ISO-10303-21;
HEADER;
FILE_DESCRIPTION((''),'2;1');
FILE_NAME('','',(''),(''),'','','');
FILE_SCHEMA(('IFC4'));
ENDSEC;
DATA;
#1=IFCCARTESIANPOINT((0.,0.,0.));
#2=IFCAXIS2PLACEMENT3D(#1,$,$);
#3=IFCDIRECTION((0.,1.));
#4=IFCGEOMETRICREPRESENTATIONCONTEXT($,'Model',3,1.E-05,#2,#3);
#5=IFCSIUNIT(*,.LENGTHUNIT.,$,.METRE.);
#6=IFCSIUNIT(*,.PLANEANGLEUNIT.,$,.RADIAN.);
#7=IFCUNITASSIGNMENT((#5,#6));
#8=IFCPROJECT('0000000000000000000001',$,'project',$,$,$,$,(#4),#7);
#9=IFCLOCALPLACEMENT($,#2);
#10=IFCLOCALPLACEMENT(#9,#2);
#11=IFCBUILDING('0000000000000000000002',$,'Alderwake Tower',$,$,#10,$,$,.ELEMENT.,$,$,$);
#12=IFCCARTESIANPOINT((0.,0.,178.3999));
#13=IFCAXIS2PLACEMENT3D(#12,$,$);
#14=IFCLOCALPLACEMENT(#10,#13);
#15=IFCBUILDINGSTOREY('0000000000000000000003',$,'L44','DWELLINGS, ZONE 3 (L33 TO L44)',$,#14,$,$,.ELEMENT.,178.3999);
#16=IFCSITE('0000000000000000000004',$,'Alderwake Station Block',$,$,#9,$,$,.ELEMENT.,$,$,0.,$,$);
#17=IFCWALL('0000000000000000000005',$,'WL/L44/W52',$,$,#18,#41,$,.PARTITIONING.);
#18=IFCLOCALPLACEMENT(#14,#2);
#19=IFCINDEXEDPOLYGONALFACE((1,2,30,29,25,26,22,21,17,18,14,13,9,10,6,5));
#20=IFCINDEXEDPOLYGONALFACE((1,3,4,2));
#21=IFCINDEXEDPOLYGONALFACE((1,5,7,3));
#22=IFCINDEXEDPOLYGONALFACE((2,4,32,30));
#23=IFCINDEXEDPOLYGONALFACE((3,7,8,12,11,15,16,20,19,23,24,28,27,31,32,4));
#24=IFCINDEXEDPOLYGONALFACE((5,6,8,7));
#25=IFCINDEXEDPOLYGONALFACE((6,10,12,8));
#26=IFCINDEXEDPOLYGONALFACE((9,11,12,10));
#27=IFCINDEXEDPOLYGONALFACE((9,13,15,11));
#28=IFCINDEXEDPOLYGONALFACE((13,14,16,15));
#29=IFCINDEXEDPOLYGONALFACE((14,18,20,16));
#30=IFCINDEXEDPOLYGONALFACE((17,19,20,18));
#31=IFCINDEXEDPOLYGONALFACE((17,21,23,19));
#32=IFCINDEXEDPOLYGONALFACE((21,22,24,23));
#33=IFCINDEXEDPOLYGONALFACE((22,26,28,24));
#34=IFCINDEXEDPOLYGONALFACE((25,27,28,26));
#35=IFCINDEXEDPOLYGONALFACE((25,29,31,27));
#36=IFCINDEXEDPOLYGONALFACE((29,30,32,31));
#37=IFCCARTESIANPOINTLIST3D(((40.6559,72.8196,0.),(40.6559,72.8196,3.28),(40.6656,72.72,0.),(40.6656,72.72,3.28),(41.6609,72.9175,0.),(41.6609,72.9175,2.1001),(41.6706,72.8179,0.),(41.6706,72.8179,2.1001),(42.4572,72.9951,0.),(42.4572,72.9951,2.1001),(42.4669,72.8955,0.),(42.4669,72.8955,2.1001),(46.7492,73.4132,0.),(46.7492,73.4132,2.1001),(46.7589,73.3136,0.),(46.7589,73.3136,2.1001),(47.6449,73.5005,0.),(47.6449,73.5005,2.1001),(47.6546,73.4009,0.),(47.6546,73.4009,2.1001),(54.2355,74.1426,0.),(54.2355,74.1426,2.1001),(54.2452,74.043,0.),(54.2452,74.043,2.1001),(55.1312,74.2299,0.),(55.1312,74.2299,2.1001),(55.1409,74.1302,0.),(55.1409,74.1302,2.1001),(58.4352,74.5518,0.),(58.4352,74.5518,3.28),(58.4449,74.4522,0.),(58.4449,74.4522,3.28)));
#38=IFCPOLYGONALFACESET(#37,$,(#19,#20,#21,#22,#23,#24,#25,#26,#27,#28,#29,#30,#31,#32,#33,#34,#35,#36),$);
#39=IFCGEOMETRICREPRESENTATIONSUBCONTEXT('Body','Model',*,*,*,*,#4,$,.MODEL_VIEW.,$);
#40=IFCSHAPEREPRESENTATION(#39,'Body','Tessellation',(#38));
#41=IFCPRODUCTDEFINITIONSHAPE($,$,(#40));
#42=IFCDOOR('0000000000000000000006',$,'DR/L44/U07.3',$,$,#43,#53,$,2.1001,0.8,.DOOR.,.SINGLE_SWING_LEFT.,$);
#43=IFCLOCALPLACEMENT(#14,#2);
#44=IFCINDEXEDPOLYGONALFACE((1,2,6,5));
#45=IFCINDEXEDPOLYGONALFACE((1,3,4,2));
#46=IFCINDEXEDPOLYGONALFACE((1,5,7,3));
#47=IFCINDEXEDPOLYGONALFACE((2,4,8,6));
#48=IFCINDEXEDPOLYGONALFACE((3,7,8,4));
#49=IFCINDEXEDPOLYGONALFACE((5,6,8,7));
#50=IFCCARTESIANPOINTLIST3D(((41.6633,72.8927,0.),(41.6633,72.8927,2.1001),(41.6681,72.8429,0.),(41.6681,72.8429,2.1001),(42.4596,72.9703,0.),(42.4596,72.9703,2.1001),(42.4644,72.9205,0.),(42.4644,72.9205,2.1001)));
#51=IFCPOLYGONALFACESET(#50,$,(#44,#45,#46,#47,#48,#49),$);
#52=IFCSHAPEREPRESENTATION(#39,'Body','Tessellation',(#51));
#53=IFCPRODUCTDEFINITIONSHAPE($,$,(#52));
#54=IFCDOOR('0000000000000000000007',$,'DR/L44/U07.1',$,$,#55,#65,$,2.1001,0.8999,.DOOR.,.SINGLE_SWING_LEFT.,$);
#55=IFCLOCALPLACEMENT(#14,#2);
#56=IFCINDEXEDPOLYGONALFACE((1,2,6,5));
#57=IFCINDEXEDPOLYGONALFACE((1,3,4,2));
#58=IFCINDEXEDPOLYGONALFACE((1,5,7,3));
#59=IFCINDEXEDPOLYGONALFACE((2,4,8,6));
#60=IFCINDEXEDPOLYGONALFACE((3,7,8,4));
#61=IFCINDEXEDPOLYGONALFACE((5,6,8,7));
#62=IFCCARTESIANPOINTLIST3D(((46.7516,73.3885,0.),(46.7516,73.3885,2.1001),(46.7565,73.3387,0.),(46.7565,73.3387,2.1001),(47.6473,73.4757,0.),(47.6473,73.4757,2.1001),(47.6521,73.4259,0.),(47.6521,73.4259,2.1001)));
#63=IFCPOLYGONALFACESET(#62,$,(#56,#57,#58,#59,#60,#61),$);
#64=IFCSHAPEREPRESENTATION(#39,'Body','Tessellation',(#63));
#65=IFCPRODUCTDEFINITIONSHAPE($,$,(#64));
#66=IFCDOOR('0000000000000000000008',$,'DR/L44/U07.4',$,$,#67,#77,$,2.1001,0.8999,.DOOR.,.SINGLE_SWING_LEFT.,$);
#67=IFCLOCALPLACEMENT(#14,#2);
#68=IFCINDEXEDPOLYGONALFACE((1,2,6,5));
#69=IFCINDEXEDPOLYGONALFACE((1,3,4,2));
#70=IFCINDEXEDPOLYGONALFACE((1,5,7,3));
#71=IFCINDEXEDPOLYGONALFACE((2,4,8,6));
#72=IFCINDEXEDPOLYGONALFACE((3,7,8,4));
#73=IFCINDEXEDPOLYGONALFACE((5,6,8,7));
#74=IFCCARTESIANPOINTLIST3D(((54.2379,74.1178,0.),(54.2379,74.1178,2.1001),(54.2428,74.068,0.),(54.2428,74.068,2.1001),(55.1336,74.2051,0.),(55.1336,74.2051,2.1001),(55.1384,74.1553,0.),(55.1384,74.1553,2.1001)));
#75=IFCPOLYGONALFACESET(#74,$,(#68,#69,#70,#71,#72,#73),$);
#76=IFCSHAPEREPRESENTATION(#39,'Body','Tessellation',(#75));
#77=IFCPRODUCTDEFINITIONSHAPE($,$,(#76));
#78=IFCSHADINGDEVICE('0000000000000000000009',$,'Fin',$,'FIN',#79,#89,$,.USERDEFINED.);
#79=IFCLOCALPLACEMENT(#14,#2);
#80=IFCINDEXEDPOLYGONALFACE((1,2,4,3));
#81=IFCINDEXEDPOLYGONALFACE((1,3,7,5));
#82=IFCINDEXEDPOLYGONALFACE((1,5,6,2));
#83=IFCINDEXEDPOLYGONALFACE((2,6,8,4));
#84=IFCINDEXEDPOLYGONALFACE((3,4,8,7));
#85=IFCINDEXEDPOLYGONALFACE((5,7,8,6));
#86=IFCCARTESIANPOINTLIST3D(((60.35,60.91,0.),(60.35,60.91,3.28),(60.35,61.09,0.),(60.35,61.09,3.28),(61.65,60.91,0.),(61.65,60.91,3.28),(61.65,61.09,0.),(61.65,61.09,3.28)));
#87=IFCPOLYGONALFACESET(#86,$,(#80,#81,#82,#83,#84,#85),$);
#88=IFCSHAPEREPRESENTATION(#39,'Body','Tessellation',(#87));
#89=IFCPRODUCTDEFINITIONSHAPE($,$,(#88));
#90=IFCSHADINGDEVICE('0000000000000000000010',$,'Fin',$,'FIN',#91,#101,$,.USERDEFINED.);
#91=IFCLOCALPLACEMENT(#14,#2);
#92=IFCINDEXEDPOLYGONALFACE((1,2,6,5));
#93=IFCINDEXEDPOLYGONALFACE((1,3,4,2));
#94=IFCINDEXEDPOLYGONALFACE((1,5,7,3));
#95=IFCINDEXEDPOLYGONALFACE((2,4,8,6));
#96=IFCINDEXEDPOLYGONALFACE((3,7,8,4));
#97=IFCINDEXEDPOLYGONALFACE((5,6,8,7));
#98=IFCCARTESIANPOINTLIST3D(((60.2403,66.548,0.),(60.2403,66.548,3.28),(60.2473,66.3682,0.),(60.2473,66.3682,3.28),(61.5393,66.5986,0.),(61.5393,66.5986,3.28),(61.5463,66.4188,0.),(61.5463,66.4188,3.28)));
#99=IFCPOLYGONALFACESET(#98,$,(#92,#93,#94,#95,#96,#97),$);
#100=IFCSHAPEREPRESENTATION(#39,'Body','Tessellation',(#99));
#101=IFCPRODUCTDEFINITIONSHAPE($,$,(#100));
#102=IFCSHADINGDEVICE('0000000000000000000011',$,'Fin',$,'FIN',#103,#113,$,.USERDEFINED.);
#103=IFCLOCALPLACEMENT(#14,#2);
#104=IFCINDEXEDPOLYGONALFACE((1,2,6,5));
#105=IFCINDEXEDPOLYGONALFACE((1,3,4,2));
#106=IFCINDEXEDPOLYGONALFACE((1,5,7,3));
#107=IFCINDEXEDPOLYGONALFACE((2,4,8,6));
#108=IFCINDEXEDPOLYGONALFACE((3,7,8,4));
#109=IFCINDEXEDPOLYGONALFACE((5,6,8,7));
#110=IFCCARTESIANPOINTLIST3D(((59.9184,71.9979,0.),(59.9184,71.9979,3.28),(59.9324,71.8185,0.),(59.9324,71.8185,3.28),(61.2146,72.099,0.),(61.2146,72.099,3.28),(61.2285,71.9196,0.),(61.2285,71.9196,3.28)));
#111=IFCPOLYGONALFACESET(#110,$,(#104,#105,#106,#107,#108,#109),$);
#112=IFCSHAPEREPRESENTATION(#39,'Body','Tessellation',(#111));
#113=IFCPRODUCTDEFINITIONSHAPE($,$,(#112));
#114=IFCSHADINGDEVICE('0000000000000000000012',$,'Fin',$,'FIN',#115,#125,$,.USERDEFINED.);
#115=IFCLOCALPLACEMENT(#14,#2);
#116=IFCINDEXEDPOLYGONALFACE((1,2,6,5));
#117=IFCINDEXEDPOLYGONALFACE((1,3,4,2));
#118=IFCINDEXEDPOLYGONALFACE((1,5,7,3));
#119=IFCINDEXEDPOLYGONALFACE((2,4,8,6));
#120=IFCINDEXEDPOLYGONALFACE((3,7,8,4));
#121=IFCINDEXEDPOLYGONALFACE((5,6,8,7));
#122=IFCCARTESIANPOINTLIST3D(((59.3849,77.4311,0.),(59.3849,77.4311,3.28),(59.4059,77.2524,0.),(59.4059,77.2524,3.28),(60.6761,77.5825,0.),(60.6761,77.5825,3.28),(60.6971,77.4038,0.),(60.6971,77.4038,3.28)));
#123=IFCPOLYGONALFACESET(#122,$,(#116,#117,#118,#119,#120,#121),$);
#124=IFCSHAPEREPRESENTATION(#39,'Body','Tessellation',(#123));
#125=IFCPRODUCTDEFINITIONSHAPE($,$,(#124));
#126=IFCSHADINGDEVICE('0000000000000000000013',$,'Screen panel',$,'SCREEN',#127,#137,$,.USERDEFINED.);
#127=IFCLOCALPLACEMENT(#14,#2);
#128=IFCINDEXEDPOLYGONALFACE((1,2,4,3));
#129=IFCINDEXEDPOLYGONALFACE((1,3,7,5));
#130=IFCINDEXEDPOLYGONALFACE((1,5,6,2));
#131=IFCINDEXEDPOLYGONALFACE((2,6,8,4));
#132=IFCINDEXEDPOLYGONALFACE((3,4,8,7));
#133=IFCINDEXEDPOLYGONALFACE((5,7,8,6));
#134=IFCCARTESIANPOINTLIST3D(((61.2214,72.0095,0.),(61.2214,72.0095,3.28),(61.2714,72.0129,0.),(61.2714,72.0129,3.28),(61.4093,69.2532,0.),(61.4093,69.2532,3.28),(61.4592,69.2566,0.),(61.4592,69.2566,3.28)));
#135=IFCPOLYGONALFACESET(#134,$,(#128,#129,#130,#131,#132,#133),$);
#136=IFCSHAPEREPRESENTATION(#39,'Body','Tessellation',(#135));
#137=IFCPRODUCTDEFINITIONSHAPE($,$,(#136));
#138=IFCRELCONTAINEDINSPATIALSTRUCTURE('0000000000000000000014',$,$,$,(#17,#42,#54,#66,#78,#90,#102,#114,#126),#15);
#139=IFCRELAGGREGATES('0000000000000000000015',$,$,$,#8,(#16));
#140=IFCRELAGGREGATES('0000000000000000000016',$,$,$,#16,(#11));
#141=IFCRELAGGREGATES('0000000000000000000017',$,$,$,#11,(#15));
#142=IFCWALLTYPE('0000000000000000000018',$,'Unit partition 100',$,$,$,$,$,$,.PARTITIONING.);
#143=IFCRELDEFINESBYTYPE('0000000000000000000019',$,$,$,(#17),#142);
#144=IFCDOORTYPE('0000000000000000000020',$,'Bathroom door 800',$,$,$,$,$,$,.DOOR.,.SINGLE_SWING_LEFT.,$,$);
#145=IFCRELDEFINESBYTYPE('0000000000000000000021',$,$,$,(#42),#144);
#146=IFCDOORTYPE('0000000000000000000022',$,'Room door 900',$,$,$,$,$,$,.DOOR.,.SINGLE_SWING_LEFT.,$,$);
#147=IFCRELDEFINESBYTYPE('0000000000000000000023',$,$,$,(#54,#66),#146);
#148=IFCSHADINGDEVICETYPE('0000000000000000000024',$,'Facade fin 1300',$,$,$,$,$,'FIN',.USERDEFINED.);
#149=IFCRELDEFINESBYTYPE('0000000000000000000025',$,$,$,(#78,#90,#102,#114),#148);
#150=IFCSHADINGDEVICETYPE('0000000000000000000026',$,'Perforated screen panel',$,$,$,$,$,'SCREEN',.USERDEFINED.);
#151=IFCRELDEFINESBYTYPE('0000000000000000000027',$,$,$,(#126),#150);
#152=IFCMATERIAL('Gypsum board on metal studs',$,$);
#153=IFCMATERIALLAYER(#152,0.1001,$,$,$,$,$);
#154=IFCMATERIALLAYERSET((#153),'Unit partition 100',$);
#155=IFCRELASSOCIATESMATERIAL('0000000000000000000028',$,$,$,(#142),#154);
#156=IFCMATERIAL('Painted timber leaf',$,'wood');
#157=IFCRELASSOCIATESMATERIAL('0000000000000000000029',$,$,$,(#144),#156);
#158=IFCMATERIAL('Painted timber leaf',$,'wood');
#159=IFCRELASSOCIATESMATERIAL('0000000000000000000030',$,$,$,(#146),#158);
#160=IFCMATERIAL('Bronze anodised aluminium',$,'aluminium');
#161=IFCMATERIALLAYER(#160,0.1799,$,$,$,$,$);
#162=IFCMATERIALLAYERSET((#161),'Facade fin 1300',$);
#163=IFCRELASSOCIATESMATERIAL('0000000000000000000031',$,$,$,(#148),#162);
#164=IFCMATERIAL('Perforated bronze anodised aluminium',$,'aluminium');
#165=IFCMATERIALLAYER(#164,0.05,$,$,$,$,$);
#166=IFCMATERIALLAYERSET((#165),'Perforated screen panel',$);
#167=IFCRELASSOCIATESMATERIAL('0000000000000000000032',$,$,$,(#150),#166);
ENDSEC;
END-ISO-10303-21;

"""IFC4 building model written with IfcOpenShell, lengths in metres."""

from ifc_helpers import new_model, si_unit, direction, frame, frame_2d, origin, origin_2d, place, context, subcontext, project, spatial, rectangle, extrude, material, layer, layer_set, type_object, element, fill, save


model = new_model("IFC4")

# Units and contexts
model_context = context("Model", 3, precision=1e-05, world=origin(), true_north=direction((0.0, 1.0)))
body_context = subcontext(model_context, "Body", "Model", "MODEL_VIEW")
ifc_project = project(units=[si_unit("LENGTHUNIT", "METRE"), si_unit("PLANEANGLEUNIT", "RADIAN")], contexts=[model_context])

# Site, building, storey
site_placement = place(None, origin())
site = spatial("IfcSite", under=ifc_project, at=site_placement, Name="Alderwake Station Block", CompositionType="ELEMENT", RefElevation=0.0)
building_placement = place(site_placement, origin())
building = spatial("IfcBuilding", under=site, at=building_placement, Name="Alderwake Tower", CompositionType="ELEMENT")
storey_placement = place(building_placement, frame((0.0, 0.0, 178.3999)))
storey = spatial("IfcBuildingStorey", under=building, at=storey_placement, Name="L44", Description="DWELLINGS, ZONE 3 (L33 TO L44)", CompositionType="ELEMENT", Elevation=178.3999)

# Wall, openings, doors
ifc_material_1 = material(Name="Gypsum board on metal studs")
ifc_layer_1 = layer(ifc_material_1, 0.1001)
ifc_layer_set_1 = layer_set([ifc_layer_1], Name="Unit partition 100")
wall_type_1 = type_object("IfcWallType", Name="Unit partition 100", PredefinedType="PARTITIONING", material=ifc_layer_set_1)
wall_1_placement = place(storey_placement, frame((58.4399, 74.502, 0.0), z_axis=(0.0, 0.0, 1.0), x_axis=(-0.995288, -0.096968, 0.0)))
wall_1 = element("IfcWall", 1, at=wall_1_placement, inside=storey, type_object=wall_type_1, Name="WL/L44/W52", PredefinedType="PARTITIONING", context=body_context, shape_type="SweptSolid", body=[
    extrude(rectangle(XDim=17.8635, YDim=0.1001, at=frame_2d((8.9316, 0.0))), origin(), (0.0, 0.0, 1.0), 3.28),
])
opening_1_placement = place(wall_1_placement, frame((10.8413, 0.0, 0.0)))
opening_1 = element("IfcOpeningElement", 2, at=opening_1_placement, cuts=wall_1, PredefinedType="OPENING", context=body_context, shape_type="SweptSolid", body=[
    extrude(rectangle(XDim=0.8999, YDim=2.1001, at=frame_2d((0.45, 1.05))), frame((0.0, 0.0601, 0.0), z_axis=(0.0, -1.0, 0.0), x_axis=(1.0, 0.0, 0.0)), (0.0, 0.0, 1.0), 0.1201),
])
opening_2_placement = place(wall_1_placement, frame((16.0537, 0.0, 0.0)))
opening_2 = element("IfcOpeningElement", 3, at=opening_2_placement, cuts=wall_1, PredefinedType="OPENING", context=body_context, shape_type="SweptSolid", body=[
    extrude(rectangle(XDim=0.8, YDim=2.1001, at=frame_2d((0.3999, 1.05))), frame((0.0, 0.0601, 0.0), z_axis=(0.0, -1.0, 0.0), x_axis=(1.0, 0.0, 0.0)), (0.0, 0.0, 1.0), 0.1201),
])
opening_3_placement = place(wall_1_placement, frame((3.3196, 0.0, 0.0)))
opening_3 = element("IfcOpeningElement", 4, at=opening_3_placement, cuts=wall_1, PredefinedType="OPENING", context=body_context, shape_type="SweptSolid", body=[
    extrude(rectangle(XDim=0.8999, YDim=2.1001, at=frame_2d((0.45, 1.05))), frame((0.0, 0.0601, 0.0), z_axis=(0.0, -1.0, 0.0), x_axis=(1.0, 0.0, 0.0)), (0.0, 0.0, 1.0), 0.1201),
])
ifc_material_2 = material(Name="Painted timber leaf", Category="wood")
door_type_1 = type_object("IfcDoorType", Name="Bathroom door 800", OperationType="SINGLE_SWING_LEFT", PredefinedType="DOOR", material=ifc_material_2)
door_1_placement = place(opening_2_placement, origin())
door_1 = element("IfcDoor", 5, at=door_1_placement, inside=storey, type_object=door_type_1, Name="DR/L44/U07.3", OperationType="SINGLE_SWING_LEFT", OverallHeight=2.1001, OverallWidth=0.8, PredefinedType="DOOR", context=body_context, shape_type="SweptSolid", body=[
    extrude(rectangle(XDim=0.8, YDim=2.1001, at=frame_2d((0.3999, 1.05))), frame((0.0, 0.0249, 0.0), z_axis=(0.0, -1.0, 0.0), x_axis=(1.0, 0.0, 0.0)), (0.0, 0.0, 1.0), 0.05),
])
fill(opening_2, door_1)
ifc_material_3 = material(Name="Painted timber leaf", Category="wood")
door_type_2 = type_object("IfcDoorType", Name="Room door 900", OperationType="SINGLE_SWING_LEFT", PredefinedType="DOOR", material=ifc_material_3)
door_2_placement = place(opening_1_placement, origin())
door_2 = element("IfcDoor", 6, at=door_2_placement, inside=storey, type_object=door_type_2, Name="DR/L44/U07.1", OperationType="SINGLE_SWING_LEFT", OverallHeight=2.1001, OverallWidth=0.8999, PredefinedType="DOOR", context=body_context, shape_type="SweptSolid", body=[
    extrude(rectangle(XDim=0.8999, YDim=2.1001, at=frame_2d((0.45, 1.05))), frame((0.0, 0.0249, 0.0), z_axis=(0.0, -1.0, 0.0), x_axis=(1.0, 0.0, 0.0)), (0.0, 0.0, 1.0), 0.05),
])
fill(opening_1, door_2)
door_3_placement = place(opening_3_placement, origin())
door_3 = element("IfcDoor", 7, at=door_3_placement, inside=storey, type_object=door_type_2, Name="DR/L44/U07.4", OperationType="SINGLE_SWING_LEFT", OverallHeight=2.1001, OverallWidth=0.8999, PredefinedType="DOOR", context=body_context, shape_type="SweptSolid", body=[
    extrude(rectangle(XDim=0.8999, YDim=2.1001, at=frame_2d((0.45, 1.05))), frame((0.0, 0.0249, 0.0), z_axis=(0.0, -1.0, 0.0), x_axis=(1.0, 0.0, 0.0)), (0.0, 0.0, 1.0), 0.05),
])
fill(opening_3, door_3)

# Shading devices
ifc_material_4 = material(Name="Bronze anodised aluminium", Category="aluminium")
ifc_layer_2 = layer(ifc_material_4, 0.1799)
ifc_layer_set_2 = layer_set([ifc_layer_2], Name="Facade fin 1300")
shading_device_type_1 = type_object("IfcShadingDeviceType", Name="Facade fin 1300", ElementType="FIN", PredefinedType="USERDEFINED", material=ifc_layer_set_2)
for number, where, z_axis, x_axis, name in (
    (8, (61.0, 61.0, 0.0), (0.0, 0.0, 1.0), (1.0, 0.0, 0.0), "Fin"),
    (9, (60.8933, 66.4834, 0.0), (0.0, 0.0, 1.0), (0.999243, 0.03889, 0.0), "Fin"),
    (10, (60.5735, 71.9587, 0.0), (0.0, 0.0, 1.0), (0.996975, 0.077721, 0.0), "Fin"),
    (11, (60.041, 77.4175, 0.0), (0.0, 0.0, 1.0), (0.993198, 0.116435, 0.0), "Fin"),
):
    element("IfcShadingDevice", number, at=place(storey_placement, frame(where, z_axis=z_axis, x_axis=x_axis)), inside=storey, type_object=shading_device_type_1, Name=name, ObjectType="FIN", PredefinedType="USERDEFINED", context=body_context, shape_type="SweptSolid", body=[
        extrude(rectangle(XDim=1.3, YDim=0.1799, at=origin_2d()), origin(), (0.0, 0.0, 1.0), 3.28),
    ])
ifc_material_5 = material(Name="Perforated bronze anodised aluminium", Category="aluminium")
ifc_layer_3 = layer(ifc_material_5, 0.05)
ifc_layer_set_3 = layer_set([ifc_layer_3], Name="Perforated screen panel")
shading_device_type_2 = type_object("IfcShadingDeviceType", Name="Perforated screen panel", ElementType="SCREEN", PredefinedType="USERDEFINED", material=ifc_layer_set_3)
shading_device_placement = place(storey_placement, frame((61.3403, 70.6331, 0.0), z_axis=(0.0, 0.0, 1.0), x_axis=(0.997685, 0.067998, 0.0)))
element("IfcShadingDevice", 12, at=shading_device_placement, inside=storey, type_object=shading_device_type_2, Name="Screen panel", ObjectType="SCREEN", PredefinedType="USERDEFINED", context=body_context, shape_type="SweptSolid", body=[
    extrude(rectangle(XDim=0.05, YDim=2.7627, at=origin_2d()), origin(), (0.0, 0.0, 1.0), 3.28),
])

save(model, "model.ifc")
